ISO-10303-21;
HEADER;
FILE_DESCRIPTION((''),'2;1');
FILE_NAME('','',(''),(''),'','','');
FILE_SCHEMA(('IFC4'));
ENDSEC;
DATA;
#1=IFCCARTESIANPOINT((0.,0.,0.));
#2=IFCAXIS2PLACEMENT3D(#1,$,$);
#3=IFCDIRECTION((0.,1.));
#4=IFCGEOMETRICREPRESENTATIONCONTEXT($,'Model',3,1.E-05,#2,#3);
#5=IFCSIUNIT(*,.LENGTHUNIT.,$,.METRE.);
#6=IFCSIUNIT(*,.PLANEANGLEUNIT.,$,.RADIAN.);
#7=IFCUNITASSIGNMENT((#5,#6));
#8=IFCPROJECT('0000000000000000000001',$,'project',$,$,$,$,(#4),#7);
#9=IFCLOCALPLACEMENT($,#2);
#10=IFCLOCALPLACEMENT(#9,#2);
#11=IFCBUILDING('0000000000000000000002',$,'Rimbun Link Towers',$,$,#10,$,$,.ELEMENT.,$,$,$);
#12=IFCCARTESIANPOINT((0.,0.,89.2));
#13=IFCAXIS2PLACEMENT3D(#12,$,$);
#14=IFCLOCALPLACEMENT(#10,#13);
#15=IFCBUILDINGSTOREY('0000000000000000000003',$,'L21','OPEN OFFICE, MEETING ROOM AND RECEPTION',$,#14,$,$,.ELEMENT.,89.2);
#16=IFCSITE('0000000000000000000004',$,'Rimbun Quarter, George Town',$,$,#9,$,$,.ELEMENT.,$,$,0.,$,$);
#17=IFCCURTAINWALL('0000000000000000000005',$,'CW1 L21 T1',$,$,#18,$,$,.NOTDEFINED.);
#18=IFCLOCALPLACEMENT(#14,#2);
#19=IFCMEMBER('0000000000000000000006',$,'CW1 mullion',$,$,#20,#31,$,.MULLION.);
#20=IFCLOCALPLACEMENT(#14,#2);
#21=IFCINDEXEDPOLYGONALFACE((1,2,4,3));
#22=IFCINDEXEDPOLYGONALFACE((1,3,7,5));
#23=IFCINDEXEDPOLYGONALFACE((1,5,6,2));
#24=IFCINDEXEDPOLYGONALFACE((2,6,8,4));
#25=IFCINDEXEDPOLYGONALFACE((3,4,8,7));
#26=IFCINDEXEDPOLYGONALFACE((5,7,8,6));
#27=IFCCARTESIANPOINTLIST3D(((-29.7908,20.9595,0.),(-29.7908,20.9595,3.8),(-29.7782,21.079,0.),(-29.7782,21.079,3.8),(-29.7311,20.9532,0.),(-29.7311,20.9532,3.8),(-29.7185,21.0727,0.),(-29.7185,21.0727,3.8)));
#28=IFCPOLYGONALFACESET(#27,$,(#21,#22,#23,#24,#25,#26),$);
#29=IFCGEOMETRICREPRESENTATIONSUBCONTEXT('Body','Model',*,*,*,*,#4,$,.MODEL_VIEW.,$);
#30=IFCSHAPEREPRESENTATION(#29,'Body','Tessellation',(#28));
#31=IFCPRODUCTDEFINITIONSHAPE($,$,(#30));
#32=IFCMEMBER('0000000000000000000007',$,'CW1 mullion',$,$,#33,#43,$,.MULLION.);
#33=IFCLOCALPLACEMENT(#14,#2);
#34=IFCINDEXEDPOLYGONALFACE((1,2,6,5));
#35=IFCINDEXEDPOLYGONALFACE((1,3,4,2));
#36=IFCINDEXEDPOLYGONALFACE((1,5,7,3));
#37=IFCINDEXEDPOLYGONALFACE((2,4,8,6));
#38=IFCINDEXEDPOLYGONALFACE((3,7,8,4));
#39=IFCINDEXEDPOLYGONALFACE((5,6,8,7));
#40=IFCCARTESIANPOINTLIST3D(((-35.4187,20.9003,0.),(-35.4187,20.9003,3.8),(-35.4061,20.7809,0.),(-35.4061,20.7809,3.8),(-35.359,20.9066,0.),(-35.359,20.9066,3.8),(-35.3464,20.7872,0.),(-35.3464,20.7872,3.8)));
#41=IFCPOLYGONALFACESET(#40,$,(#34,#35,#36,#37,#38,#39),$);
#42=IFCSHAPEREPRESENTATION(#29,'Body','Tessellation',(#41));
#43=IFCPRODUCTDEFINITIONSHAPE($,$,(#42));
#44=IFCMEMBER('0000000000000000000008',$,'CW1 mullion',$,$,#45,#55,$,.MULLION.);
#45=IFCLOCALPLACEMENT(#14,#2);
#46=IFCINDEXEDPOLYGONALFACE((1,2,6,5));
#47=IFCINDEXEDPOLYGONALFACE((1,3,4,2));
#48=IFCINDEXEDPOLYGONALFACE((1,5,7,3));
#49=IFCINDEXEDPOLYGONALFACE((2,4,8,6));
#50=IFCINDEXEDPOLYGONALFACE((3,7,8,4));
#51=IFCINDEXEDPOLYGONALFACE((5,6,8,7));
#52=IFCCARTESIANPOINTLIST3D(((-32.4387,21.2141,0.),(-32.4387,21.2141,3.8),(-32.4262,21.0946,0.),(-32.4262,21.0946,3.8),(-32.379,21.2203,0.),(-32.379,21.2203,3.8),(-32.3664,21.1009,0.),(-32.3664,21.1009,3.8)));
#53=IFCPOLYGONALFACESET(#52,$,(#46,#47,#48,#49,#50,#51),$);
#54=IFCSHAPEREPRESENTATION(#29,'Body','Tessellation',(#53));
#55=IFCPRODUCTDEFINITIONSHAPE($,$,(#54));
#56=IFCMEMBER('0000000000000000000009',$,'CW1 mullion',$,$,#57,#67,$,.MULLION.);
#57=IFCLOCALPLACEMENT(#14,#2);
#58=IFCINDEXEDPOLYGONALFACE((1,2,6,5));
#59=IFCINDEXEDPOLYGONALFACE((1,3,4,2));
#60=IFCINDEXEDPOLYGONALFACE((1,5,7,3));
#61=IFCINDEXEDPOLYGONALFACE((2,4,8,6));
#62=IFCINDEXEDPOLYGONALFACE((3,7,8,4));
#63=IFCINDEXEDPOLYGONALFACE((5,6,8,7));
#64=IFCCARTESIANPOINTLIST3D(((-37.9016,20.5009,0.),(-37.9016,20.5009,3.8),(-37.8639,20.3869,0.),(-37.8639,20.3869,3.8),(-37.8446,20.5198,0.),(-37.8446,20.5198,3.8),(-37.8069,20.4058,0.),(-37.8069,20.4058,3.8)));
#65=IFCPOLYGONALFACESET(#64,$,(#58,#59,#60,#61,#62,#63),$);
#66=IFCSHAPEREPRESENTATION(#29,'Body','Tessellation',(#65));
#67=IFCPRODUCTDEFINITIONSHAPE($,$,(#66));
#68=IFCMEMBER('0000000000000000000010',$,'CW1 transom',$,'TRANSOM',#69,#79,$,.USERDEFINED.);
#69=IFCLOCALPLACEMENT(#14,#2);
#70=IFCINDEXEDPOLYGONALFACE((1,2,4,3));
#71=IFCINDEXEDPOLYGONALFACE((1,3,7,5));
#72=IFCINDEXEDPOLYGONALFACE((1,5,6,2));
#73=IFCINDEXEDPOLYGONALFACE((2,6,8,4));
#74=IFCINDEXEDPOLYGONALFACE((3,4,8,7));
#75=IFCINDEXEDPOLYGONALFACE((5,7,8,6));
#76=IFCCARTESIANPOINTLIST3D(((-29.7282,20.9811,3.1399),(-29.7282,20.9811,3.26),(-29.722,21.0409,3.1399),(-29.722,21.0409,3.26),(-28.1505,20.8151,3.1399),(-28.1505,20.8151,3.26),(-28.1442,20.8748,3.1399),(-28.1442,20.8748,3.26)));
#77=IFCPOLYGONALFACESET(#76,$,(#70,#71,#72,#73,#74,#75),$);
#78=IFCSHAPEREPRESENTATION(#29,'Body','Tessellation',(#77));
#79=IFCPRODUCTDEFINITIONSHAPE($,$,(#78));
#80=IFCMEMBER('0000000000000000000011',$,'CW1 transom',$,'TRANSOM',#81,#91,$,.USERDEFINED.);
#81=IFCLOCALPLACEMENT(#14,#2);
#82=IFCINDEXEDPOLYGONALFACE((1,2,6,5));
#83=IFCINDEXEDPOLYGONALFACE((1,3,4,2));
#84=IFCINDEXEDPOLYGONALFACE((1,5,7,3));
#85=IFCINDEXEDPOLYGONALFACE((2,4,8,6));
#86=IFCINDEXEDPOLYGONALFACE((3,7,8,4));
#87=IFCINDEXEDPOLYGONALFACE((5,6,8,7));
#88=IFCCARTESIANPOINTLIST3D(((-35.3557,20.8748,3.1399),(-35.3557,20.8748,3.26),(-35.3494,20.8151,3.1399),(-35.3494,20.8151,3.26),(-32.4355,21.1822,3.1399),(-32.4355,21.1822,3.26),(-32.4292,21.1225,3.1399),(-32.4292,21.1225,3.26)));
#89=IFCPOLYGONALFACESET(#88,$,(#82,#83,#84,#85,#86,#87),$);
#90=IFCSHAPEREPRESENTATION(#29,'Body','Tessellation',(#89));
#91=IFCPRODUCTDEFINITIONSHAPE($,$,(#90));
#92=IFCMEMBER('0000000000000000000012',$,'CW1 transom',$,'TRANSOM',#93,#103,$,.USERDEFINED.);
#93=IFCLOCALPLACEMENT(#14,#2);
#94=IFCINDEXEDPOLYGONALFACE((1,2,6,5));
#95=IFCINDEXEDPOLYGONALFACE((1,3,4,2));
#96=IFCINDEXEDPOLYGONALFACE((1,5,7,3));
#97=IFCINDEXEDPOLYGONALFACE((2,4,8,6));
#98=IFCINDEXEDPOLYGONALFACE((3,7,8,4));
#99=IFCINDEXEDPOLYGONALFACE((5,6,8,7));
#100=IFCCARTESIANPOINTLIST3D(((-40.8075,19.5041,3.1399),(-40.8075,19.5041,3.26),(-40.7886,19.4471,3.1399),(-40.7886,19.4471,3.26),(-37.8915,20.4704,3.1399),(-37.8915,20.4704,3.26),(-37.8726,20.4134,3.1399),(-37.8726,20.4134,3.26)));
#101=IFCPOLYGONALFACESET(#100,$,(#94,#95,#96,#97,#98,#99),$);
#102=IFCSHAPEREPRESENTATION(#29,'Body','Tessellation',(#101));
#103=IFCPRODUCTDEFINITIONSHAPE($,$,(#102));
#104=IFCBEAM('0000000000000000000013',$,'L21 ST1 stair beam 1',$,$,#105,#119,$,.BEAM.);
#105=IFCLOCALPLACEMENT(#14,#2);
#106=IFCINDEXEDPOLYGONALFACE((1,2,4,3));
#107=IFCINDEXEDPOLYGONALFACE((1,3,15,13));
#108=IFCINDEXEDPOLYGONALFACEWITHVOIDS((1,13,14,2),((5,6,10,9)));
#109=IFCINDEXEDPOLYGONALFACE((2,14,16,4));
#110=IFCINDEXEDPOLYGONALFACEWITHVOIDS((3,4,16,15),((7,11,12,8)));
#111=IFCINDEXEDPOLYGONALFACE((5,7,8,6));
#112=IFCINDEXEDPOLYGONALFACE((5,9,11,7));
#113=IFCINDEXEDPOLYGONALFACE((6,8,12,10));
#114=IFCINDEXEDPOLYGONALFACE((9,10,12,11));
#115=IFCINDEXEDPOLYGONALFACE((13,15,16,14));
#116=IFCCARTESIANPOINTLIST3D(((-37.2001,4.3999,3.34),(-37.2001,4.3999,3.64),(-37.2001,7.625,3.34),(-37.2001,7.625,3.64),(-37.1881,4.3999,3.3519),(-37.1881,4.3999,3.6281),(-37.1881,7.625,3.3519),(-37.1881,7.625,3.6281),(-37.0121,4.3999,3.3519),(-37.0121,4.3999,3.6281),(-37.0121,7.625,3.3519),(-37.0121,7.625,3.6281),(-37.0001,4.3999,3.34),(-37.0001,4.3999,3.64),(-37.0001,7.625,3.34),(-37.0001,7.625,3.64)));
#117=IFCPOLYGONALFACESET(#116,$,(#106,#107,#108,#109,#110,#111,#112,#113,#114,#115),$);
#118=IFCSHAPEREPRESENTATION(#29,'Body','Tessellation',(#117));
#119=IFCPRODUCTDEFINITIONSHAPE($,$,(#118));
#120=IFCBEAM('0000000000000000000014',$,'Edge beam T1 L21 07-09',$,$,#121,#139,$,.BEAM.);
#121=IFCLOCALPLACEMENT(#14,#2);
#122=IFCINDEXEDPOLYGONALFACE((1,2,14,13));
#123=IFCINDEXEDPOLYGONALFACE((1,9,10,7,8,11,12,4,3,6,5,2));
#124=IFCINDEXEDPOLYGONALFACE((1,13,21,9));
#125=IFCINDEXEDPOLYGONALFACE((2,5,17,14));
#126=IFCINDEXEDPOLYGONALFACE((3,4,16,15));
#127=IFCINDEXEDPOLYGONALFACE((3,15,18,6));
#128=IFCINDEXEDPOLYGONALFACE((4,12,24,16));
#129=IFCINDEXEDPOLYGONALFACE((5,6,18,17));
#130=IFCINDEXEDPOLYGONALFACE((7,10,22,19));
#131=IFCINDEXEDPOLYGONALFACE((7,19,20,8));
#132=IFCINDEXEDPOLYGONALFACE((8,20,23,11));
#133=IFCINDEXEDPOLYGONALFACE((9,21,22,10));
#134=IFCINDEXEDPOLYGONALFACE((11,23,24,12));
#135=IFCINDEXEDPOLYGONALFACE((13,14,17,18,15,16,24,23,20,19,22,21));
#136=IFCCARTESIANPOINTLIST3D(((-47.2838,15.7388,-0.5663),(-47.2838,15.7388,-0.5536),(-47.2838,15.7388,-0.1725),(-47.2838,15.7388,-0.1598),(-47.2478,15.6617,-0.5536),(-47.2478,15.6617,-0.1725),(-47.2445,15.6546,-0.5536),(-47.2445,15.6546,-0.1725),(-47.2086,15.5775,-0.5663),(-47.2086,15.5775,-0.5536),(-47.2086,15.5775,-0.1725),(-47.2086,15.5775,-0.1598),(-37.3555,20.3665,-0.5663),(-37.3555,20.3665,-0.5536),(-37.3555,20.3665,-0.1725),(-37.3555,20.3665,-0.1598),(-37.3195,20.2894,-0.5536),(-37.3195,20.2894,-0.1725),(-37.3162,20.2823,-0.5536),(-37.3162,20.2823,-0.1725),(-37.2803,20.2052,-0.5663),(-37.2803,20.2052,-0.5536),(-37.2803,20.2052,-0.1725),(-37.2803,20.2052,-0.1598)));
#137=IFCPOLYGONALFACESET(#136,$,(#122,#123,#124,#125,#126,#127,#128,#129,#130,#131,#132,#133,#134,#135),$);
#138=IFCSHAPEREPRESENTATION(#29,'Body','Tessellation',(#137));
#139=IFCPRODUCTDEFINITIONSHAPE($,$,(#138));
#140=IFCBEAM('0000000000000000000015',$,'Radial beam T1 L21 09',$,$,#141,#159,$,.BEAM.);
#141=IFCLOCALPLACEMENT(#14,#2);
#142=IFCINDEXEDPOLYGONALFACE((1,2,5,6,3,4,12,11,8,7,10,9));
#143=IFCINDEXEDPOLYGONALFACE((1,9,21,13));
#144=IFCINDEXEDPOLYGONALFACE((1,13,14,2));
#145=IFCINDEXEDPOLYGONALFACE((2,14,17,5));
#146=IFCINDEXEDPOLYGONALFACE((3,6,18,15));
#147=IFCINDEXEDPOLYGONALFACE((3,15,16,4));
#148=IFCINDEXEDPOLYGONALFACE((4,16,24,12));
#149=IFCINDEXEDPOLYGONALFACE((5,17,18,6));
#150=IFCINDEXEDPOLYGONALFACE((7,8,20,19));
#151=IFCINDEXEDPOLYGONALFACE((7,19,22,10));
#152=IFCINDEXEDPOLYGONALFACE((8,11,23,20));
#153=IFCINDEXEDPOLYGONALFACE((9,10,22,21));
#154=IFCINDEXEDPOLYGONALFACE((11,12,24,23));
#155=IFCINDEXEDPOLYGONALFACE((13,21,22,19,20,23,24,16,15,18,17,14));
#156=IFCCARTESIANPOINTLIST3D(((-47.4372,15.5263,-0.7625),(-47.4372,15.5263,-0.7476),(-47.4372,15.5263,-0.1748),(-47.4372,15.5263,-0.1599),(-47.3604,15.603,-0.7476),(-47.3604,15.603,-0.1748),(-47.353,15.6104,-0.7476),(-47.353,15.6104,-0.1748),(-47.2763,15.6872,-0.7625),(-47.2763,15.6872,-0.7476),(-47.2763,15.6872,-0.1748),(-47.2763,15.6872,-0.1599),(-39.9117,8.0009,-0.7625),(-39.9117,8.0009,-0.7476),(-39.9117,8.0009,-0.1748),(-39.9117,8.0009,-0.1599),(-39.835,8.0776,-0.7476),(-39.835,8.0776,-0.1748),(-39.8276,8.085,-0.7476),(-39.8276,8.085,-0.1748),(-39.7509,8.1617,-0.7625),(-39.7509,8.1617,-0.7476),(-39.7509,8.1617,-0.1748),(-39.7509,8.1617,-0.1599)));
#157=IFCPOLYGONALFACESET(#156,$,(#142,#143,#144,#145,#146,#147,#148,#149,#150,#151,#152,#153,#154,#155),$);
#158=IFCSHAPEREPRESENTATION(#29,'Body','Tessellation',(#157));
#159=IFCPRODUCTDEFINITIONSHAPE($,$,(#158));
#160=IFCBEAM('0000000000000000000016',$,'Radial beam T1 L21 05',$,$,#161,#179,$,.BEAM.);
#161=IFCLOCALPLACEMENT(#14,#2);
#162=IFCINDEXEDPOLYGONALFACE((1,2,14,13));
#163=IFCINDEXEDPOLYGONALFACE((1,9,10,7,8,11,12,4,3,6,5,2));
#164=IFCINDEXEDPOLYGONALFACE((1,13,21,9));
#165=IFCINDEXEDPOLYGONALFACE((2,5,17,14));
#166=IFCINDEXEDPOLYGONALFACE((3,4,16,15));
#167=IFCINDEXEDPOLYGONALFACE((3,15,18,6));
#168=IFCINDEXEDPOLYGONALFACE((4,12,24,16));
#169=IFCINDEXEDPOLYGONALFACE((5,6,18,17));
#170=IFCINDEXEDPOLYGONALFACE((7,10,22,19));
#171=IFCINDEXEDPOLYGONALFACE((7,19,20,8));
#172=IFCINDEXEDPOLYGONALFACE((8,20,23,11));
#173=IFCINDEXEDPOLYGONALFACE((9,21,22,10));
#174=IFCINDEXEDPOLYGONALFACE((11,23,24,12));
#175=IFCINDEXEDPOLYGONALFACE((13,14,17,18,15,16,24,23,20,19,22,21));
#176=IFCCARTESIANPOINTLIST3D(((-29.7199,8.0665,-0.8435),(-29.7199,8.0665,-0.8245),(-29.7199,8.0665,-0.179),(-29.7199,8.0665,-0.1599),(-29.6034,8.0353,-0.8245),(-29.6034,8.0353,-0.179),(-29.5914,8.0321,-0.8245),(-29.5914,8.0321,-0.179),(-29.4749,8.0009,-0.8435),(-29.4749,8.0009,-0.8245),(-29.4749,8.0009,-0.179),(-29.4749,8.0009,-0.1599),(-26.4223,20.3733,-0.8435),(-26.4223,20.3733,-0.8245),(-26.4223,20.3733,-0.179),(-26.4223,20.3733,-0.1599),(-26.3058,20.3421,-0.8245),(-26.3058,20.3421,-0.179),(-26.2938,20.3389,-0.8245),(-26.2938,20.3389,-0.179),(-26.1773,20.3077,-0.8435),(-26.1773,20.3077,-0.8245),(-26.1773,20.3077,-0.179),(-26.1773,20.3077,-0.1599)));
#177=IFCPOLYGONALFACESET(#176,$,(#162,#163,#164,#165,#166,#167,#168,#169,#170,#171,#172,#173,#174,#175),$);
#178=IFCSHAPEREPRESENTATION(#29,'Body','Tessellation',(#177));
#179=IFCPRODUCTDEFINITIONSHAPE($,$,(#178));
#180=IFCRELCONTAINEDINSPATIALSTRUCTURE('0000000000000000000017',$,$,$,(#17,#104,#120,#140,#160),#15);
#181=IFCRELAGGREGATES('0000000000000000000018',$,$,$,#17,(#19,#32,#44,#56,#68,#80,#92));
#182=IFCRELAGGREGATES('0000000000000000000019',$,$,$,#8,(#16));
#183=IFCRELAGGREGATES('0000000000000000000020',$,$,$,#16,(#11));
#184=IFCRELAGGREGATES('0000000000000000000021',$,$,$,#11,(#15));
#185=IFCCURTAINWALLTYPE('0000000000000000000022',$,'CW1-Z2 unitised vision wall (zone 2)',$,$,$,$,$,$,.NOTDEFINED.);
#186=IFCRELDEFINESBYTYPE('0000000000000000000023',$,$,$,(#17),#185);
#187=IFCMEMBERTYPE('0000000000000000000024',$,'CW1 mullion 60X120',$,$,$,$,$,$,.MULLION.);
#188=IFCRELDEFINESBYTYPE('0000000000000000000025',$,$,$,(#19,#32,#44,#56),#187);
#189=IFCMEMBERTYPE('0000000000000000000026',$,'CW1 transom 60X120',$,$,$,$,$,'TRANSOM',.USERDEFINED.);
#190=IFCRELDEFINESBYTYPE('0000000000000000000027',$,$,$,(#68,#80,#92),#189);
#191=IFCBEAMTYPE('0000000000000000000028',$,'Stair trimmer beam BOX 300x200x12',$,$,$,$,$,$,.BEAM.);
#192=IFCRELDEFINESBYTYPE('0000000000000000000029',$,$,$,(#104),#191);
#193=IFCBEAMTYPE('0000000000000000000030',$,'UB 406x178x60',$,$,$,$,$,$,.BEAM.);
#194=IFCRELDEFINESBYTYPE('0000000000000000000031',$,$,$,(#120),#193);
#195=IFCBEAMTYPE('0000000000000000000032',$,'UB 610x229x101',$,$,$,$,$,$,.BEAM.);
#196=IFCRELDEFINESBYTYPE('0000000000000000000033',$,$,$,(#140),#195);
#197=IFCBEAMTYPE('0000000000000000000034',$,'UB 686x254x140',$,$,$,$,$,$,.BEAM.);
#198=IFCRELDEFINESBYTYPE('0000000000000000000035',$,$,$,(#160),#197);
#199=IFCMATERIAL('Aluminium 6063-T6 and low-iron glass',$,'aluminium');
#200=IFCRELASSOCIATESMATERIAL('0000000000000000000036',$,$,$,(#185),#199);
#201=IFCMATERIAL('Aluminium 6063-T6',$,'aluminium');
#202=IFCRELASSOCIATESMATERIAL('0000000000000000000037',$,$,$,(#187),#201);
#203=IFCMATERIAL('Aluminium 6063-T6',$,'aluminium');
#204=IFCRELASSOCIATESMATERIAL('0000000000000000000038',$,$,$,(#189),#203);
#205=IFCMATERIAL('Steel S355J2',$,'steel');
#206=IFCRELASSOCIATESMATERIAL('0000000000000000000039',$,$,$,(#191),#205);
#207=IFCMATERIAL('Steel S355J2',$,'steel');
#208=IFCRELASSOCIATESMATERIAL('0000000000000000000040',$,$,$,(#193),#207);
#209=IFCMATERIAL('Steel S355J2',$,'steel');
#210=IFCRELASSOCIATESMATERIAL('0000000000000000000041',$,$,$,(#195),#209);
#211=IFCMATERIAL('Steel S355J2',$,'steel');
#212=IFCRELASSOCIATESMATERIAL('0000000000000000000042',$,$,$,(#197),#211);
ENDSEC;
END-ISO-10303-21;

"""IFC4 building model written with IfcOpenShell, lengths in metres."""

from ifc_helpers import new_model, si_unit, direction, frame, origin, origin_2d, place, context, subcontext, project, spatial, rectangle, hollow_rectangle, i_section, extrude, material, material_profile, profile_set, type_object, element, aggregate, save


model = new_model("IFC4")

# Units and contexts
model_context = context("Model", 3, precision=1e-05, world=origin(), true_north=direction((0.0, 1.0)))
body_context = subcontext(model_context, "Body", "Model", "MODEL_VIEW")
ifc_project = project(units=[si_unit("LENGTHUNIT", "METRE"), si_unit("PLANEANGLEUNIT", "RADIAN")], contexts=[model_context])

# Site, building, storey
site_placement = place(None, origin())
site = spatial("IfcSite", under=ifc_project, at=site_placement, Name="Rimbun Quarter, George Town", CompositionType="ELEMENT", RefElevation=0.0)
building_placement = place(site_placement, origin())
building = spatial("IfcBuilding", under=site, at=building_placement, Name="Rimbun Link Towers", CompositionType="ELEMENT")
storey_placement = place(building_placement, frame((0.0, 0.0, 89.2)))
storey = spatial("IfcBuildingStorey", under=building, at=storey_placement, Name="L21", Description="OPEN OFFICE, MEETING ROOM AND RECEPTION", CompositionType="ELEMENT", Elevation=89.2)

# Curtain wall, members
ifc_material_1 = material(Name="Aluminium 6063-T6 and low-iron glass", Category="aluminium")
curtain_wall_type = type_object("IfcCurtainWallType", Name="CW1-Z2 unitised vision wall (zone 2)", PredefinedType="NOTDEFINED", material=ifc_material_1)
curtain_wall_placement = place(storey_placement, origin())
curtain_wall = element("IfcCurtainWall", 1, at=curtain_wall_placement, inside=storey, type_object=curtain_wall_type, Name="CW1 L21 T1", PredefinedType="NOTDEFINED")
ifc_material_2 = material(Name="Aluminium 6063-T6", Category="aluminium")
ifc_material_profile_1 = material_profile(ifc_material_2, rectangle(XDim=0.1201, YDim=0.0601, at=origin_2d()), Name="MULLION 60X120")
ifc_profile_set_1 = profile_set([ifc_material_profile_1], Name="Aluminium 6063-T6")
member_type_1 = type_object("IfcMemberType", Name="CW1 mullion 60X120", PredefinedType="MULLION", material=ifc_profile_set_1)
member_1_placement = place(storey_placement, frame((-29.7546, 21.0161, 0.0), z_axis=(0.0, 0.0, 1.0), x_axis=(0.104736, 0.9945, 0.0)))
member_1 = element("IfcMember", 2, at=member_1_placement, type_object=member_type_1, Name="CW1 mullion", PredefinedType="MULLION", context=body_context, shape_type="SweptSolid", body=[
    extrude(rectangle(XDim=0.1201, YDim=0.0601, at=origin_2d()), origin(), (0.0, 0.0, 1.0), 3.8),
])
member_2_placement = place(storey_placement, frame((-35.3826, 20.8438, 0.0), z_axis=(0.0, 0.0, 1.0), x_axis=(-0.104736, 0.9945, 0.0)))
member_2 = element("IfcMember", 3, at=member_2_placement, type_object=member_type_1, Name="CW1 mullion", PredefinedType="MULLION", context=body_context, shape_type="SweptSolid", body=[
    extrude(rectangle(XDim=0.1201, YDim=0.0601, at=origin_2d()), origin(), (0.0, 0.0, 1.0), 3.8),
])
member_3_placement = place(storey_placement, frame((-32.4026, 21.1575, 0.0), z_axis=(0.0, 0.0, 1.0), x_axis=(-0.104736, 0.9945, 0.0)))
member_3 = element("IfcMember", 4, at=member_3_placement, type_object=member_type_1, Name="CW1 mullion", PredefinedType="MULLION", context=body_context, shape_type="SweptSolid", body=[
    extrude(rectangle(XDim=0.1201, YDim=0.0601, at=origin_2d()), origin(), (0.0, 0.0, 1.0), 3.8),
])
member_4_placement = place(storey_placement, frame((-37.8542, 20.4534, 0.0), z_axis=(0.0, 0.0, 1.0), x_axis=(-0.314576, 0.949232, 0.0)))
member_4 = element("IfcMember", 5, at=member_4_placement, type_object=member_type_1, Name="CW1 mullion", PredefinedType="MULLION", context=body_context, shape_type="SweptSolid", body=[
    extrude(rectangle(XDim=0.1201, YDim=0.0601, at=origin_2d()), origin(), (0.0, 0.0, 1.0), 3.8),
])
ifc_material_3 = material(Name="Aluminium 6063-T6", Category="aluminium")
ifc_material_profile_2 = material_profile(ifc_material_3, rectangle(XDim=0.0601, YDim=0.1201, at=origin_2d()), Name="TRANSOM 60X120")
ifc_profile_set_2 = profile_set([ifc_material_profile_2], Name="Aluminium 6063-T6")
member_type_2 = type_object("IfcMemberType", Name="CW1 transom 60X120", ElementType="TRANSOM", PredefinedType="USERDEFINED", material=ifc_profile_set_2)
member_5_placement = place(storey_placement, frame((-29.7251, 21.011, 3.2), z_axis=(0.994509, -0.104653, 0.0), x_axis=(0.104653, 0.994509, 0.0)))
member_5 = element("IfcMember", 6, at=member_5_placement, type_object=member_type_2, Name="CW1 transom", ObjectType="TRANSOM", PredefinedType="USERDEFINED", context=body_context, shape_type="SweptSolid", body=[
    extrude(rectangle(XDim=0.0601, YDim=0.1201, at=origin_2d()), origin(), (0.0, 0.0, 1.0), 1.5864),
])
member_6_placement = place(storey_placement, frame((-35.3525, 20.845, 3.2), z_axis=(0.994506, 0.10468, 0.0), x_axis=(-0.10468, 0.994506, 0.0)))
member_6 = element("IfcMember", 7, at=member_6_placement, type_object=member_type_2, Name="CW1 transom", ObjectType="TRANSOM", PredefinedType="USERDEFINED", context=body_context, shape_type="SweptSolid", body=[
    extrude(rectangle(XDim=0.0601, YDim=0.1201, at=origin_2d()), origin(), (0.0, 0.0, 1.0), 2.9363),
])
member_7_placement = place(storey_placement, frame((-40.7981, 19.4756, 3.2), z_axis=(0.949238, 0.314558, 0.0), x_axis=(-0.314558, 0.949238, 0.0)))
member_7 = element("IfcMember", 8, at=member_7_placement, type_object=member_type_2, Name="CW1 transom", ObjectType="TRANSOM", PredefinedType="USERDEFINED", context=body_context, shape_type="SweptSolid", body=[
    extrude(rectangle(XDim=0.0601, YDim=0.1201, at=origin_2d()), origin(), (0.0, 0.0, 1.0), 3.072),
])

# Beams
ifc_material_4 = material(Name="Steel S355J2", Category="steel")
ifc_material_profile_3 = material_profile(ifc_material_4, hollow_rectangle(XDim=0.2, YDim=0.3, WallThickness=0.012, at=origin_2d()), Name="BOX 300x200x12")
ifc_profile_set_3 = profile_set([ifc_material_profile_3], Name="Steel S355J2")
beam_type_1 = type_object("IfcBeamType", Name="Stair trimmer beam BOX 300x200x12", PredefinedType="BEAM", material=ifc_profile_set_3)
beam_1_placement = place(storey_placement, frame((-37.1001, 7.625, 3.49), z_axis=(0.0, -1.0, 0.0), x_axis=(1.0, 0.0, 0.0)))
element("IfcBeam", 9, at=beam_1_placement, inside=storey, type_object=beam_type_1, Name="L21 ST1 stair beam 1", PredefinedType="BEAM", context=body_context, shape_type="SweptSolid", body=[
    extrude(hollow_rectangle(XDim=0.2, YDim=0.3, WallThickness=0.012, at=origin_2d()), origin(), (0.0, 0.0, 1.0), 3.2251),
])
ifc_material_5 = material(Name="Steel S355J2", Category="steel")
ifc_material_profile_4 = material_profile(ifc_material_5, i_section(OverallWidth=0.178, OverallDepth=0.4065, WebThickness=0.0078, FlangeThickness=0.0127, at=origin_2d()), Name="UB 406x178x60")
ifc_profile_set_4 = profile_set([ifc_material_profile_4], Name="Steel S355J2")
beam_type_2 = type_object("IfcBeamType", Name="UB 406x178x60", PredefinedType="BEAM", material=ifc_profile_set_4)
beam_2_placement = place(storey_placement, frame((-37.3179, 20.2859, -0.363), z_axis=(-0.906375, -0.422474, 0.0), x_axis=(0.422474, -0.906375, 0.0)))
element("IfcBeam", 10, at=beam_2_placement, inside=storey, type_object=beam_type_2, Name="Edge beam T1 L21 07-09", PredefinedType="BEAM", context=body_context, shape_type="SweptSolid", body=[
    extrude(i_section(OverallWidth=0.178, OverallDepth=0.4065, WebThickness=0.0078, FlangeThickness=0.0127, at=origin_2d()), origin(), (0.0, 0.0, 1.0), 10.9539),
])
ifc_material_6 = material(Name="Steel S355J2", Category="steel")
ifc_material_profile_5 = material_profile(ifc_material_6, i_section(OverallWidth=0.2275, OverallDepth=0.6025, WebThickness=0.0105, FlangeThickness=0.0149, at=origin_2d()), Name="UB 610x229x101")
ifc_profile_set_5 = profile_set([ifc_material_profile_5], Name="Steel S355J2")
beam_type_3 = type_object("IfcBeamType", Name="UB 610x229x101", PredefinedType="BEAM", material=ifc_profile_set_5)
beam_3_placement = place(storey_placement, frame((-39.8313, 8.0813, -0.4612), z_axis=(-0.707107, 0.707107, 0.0), x_axis=(-0.707107, -0.707107, 0.0)))
element("IfcBeam", 11, at=beam_3_placement, inside=storey, type_object=beam_type_3, Name="Radial beam T1 L21 09", PredefinedType="BEAM", context=body_context, shape_type="SweptSolid", body=[
    extrude(i_section(OverallWidth=0.2275, OverallDepth=0.6025, WebThickness=0.0105, FlangeThickness=0.0149, at=origin_2d()), origin(), (0.0, 0.0, 1.0), 10.6426),
])
ifc_material_7 = material(Name="Steel S355J2", Category="steel")
ifc_material_profile_6 = material_profile(ifc_material_7, i_section(OverallWidth=0.2537, OverallDepth=0.6836, WebThickness=0.0125, FlangeThickness=0.019, at=origin_2d()), Name="UB 686x254x140")
ifc_profile_set_6 = profile_set([ifc_material_profile_6], Name="Steel S355J2")
beam_type_4 = type_object("IfcBeamType", Name="UB 686x254x140", PredefinedType="BEAM", material=ifc_profile_set_6)
beam_4_placement = place(storey_placement, frame((-29.5974, 8.0337, -0.5017), z_axis=(0.258818, 0.965926, 0.0), x_axis=(-0.965926, 0.258818, 0.0)))
element("IfcBeam", 12, at=beam_4_placement, inside=storey, type_object=beam_type_4, Name="Radial beam T1 L21 05", PredefinedType="BEAM", context=body_context, shape_type="SweptSolid", body=[
    extrude(i_section(OverallWidth=0.2537, OverallDepth=0.6836, WebThickness=0.0125, FlangeThickness=0.019, at=origin_2d()), origin(), (0.0, 0.0, 1.0), 12.741),
])

aggregate(curtain_wall, [member_1, member_2, member_3, member_4, member_5, member_6, member_7])

save(model, "model.ifc")
